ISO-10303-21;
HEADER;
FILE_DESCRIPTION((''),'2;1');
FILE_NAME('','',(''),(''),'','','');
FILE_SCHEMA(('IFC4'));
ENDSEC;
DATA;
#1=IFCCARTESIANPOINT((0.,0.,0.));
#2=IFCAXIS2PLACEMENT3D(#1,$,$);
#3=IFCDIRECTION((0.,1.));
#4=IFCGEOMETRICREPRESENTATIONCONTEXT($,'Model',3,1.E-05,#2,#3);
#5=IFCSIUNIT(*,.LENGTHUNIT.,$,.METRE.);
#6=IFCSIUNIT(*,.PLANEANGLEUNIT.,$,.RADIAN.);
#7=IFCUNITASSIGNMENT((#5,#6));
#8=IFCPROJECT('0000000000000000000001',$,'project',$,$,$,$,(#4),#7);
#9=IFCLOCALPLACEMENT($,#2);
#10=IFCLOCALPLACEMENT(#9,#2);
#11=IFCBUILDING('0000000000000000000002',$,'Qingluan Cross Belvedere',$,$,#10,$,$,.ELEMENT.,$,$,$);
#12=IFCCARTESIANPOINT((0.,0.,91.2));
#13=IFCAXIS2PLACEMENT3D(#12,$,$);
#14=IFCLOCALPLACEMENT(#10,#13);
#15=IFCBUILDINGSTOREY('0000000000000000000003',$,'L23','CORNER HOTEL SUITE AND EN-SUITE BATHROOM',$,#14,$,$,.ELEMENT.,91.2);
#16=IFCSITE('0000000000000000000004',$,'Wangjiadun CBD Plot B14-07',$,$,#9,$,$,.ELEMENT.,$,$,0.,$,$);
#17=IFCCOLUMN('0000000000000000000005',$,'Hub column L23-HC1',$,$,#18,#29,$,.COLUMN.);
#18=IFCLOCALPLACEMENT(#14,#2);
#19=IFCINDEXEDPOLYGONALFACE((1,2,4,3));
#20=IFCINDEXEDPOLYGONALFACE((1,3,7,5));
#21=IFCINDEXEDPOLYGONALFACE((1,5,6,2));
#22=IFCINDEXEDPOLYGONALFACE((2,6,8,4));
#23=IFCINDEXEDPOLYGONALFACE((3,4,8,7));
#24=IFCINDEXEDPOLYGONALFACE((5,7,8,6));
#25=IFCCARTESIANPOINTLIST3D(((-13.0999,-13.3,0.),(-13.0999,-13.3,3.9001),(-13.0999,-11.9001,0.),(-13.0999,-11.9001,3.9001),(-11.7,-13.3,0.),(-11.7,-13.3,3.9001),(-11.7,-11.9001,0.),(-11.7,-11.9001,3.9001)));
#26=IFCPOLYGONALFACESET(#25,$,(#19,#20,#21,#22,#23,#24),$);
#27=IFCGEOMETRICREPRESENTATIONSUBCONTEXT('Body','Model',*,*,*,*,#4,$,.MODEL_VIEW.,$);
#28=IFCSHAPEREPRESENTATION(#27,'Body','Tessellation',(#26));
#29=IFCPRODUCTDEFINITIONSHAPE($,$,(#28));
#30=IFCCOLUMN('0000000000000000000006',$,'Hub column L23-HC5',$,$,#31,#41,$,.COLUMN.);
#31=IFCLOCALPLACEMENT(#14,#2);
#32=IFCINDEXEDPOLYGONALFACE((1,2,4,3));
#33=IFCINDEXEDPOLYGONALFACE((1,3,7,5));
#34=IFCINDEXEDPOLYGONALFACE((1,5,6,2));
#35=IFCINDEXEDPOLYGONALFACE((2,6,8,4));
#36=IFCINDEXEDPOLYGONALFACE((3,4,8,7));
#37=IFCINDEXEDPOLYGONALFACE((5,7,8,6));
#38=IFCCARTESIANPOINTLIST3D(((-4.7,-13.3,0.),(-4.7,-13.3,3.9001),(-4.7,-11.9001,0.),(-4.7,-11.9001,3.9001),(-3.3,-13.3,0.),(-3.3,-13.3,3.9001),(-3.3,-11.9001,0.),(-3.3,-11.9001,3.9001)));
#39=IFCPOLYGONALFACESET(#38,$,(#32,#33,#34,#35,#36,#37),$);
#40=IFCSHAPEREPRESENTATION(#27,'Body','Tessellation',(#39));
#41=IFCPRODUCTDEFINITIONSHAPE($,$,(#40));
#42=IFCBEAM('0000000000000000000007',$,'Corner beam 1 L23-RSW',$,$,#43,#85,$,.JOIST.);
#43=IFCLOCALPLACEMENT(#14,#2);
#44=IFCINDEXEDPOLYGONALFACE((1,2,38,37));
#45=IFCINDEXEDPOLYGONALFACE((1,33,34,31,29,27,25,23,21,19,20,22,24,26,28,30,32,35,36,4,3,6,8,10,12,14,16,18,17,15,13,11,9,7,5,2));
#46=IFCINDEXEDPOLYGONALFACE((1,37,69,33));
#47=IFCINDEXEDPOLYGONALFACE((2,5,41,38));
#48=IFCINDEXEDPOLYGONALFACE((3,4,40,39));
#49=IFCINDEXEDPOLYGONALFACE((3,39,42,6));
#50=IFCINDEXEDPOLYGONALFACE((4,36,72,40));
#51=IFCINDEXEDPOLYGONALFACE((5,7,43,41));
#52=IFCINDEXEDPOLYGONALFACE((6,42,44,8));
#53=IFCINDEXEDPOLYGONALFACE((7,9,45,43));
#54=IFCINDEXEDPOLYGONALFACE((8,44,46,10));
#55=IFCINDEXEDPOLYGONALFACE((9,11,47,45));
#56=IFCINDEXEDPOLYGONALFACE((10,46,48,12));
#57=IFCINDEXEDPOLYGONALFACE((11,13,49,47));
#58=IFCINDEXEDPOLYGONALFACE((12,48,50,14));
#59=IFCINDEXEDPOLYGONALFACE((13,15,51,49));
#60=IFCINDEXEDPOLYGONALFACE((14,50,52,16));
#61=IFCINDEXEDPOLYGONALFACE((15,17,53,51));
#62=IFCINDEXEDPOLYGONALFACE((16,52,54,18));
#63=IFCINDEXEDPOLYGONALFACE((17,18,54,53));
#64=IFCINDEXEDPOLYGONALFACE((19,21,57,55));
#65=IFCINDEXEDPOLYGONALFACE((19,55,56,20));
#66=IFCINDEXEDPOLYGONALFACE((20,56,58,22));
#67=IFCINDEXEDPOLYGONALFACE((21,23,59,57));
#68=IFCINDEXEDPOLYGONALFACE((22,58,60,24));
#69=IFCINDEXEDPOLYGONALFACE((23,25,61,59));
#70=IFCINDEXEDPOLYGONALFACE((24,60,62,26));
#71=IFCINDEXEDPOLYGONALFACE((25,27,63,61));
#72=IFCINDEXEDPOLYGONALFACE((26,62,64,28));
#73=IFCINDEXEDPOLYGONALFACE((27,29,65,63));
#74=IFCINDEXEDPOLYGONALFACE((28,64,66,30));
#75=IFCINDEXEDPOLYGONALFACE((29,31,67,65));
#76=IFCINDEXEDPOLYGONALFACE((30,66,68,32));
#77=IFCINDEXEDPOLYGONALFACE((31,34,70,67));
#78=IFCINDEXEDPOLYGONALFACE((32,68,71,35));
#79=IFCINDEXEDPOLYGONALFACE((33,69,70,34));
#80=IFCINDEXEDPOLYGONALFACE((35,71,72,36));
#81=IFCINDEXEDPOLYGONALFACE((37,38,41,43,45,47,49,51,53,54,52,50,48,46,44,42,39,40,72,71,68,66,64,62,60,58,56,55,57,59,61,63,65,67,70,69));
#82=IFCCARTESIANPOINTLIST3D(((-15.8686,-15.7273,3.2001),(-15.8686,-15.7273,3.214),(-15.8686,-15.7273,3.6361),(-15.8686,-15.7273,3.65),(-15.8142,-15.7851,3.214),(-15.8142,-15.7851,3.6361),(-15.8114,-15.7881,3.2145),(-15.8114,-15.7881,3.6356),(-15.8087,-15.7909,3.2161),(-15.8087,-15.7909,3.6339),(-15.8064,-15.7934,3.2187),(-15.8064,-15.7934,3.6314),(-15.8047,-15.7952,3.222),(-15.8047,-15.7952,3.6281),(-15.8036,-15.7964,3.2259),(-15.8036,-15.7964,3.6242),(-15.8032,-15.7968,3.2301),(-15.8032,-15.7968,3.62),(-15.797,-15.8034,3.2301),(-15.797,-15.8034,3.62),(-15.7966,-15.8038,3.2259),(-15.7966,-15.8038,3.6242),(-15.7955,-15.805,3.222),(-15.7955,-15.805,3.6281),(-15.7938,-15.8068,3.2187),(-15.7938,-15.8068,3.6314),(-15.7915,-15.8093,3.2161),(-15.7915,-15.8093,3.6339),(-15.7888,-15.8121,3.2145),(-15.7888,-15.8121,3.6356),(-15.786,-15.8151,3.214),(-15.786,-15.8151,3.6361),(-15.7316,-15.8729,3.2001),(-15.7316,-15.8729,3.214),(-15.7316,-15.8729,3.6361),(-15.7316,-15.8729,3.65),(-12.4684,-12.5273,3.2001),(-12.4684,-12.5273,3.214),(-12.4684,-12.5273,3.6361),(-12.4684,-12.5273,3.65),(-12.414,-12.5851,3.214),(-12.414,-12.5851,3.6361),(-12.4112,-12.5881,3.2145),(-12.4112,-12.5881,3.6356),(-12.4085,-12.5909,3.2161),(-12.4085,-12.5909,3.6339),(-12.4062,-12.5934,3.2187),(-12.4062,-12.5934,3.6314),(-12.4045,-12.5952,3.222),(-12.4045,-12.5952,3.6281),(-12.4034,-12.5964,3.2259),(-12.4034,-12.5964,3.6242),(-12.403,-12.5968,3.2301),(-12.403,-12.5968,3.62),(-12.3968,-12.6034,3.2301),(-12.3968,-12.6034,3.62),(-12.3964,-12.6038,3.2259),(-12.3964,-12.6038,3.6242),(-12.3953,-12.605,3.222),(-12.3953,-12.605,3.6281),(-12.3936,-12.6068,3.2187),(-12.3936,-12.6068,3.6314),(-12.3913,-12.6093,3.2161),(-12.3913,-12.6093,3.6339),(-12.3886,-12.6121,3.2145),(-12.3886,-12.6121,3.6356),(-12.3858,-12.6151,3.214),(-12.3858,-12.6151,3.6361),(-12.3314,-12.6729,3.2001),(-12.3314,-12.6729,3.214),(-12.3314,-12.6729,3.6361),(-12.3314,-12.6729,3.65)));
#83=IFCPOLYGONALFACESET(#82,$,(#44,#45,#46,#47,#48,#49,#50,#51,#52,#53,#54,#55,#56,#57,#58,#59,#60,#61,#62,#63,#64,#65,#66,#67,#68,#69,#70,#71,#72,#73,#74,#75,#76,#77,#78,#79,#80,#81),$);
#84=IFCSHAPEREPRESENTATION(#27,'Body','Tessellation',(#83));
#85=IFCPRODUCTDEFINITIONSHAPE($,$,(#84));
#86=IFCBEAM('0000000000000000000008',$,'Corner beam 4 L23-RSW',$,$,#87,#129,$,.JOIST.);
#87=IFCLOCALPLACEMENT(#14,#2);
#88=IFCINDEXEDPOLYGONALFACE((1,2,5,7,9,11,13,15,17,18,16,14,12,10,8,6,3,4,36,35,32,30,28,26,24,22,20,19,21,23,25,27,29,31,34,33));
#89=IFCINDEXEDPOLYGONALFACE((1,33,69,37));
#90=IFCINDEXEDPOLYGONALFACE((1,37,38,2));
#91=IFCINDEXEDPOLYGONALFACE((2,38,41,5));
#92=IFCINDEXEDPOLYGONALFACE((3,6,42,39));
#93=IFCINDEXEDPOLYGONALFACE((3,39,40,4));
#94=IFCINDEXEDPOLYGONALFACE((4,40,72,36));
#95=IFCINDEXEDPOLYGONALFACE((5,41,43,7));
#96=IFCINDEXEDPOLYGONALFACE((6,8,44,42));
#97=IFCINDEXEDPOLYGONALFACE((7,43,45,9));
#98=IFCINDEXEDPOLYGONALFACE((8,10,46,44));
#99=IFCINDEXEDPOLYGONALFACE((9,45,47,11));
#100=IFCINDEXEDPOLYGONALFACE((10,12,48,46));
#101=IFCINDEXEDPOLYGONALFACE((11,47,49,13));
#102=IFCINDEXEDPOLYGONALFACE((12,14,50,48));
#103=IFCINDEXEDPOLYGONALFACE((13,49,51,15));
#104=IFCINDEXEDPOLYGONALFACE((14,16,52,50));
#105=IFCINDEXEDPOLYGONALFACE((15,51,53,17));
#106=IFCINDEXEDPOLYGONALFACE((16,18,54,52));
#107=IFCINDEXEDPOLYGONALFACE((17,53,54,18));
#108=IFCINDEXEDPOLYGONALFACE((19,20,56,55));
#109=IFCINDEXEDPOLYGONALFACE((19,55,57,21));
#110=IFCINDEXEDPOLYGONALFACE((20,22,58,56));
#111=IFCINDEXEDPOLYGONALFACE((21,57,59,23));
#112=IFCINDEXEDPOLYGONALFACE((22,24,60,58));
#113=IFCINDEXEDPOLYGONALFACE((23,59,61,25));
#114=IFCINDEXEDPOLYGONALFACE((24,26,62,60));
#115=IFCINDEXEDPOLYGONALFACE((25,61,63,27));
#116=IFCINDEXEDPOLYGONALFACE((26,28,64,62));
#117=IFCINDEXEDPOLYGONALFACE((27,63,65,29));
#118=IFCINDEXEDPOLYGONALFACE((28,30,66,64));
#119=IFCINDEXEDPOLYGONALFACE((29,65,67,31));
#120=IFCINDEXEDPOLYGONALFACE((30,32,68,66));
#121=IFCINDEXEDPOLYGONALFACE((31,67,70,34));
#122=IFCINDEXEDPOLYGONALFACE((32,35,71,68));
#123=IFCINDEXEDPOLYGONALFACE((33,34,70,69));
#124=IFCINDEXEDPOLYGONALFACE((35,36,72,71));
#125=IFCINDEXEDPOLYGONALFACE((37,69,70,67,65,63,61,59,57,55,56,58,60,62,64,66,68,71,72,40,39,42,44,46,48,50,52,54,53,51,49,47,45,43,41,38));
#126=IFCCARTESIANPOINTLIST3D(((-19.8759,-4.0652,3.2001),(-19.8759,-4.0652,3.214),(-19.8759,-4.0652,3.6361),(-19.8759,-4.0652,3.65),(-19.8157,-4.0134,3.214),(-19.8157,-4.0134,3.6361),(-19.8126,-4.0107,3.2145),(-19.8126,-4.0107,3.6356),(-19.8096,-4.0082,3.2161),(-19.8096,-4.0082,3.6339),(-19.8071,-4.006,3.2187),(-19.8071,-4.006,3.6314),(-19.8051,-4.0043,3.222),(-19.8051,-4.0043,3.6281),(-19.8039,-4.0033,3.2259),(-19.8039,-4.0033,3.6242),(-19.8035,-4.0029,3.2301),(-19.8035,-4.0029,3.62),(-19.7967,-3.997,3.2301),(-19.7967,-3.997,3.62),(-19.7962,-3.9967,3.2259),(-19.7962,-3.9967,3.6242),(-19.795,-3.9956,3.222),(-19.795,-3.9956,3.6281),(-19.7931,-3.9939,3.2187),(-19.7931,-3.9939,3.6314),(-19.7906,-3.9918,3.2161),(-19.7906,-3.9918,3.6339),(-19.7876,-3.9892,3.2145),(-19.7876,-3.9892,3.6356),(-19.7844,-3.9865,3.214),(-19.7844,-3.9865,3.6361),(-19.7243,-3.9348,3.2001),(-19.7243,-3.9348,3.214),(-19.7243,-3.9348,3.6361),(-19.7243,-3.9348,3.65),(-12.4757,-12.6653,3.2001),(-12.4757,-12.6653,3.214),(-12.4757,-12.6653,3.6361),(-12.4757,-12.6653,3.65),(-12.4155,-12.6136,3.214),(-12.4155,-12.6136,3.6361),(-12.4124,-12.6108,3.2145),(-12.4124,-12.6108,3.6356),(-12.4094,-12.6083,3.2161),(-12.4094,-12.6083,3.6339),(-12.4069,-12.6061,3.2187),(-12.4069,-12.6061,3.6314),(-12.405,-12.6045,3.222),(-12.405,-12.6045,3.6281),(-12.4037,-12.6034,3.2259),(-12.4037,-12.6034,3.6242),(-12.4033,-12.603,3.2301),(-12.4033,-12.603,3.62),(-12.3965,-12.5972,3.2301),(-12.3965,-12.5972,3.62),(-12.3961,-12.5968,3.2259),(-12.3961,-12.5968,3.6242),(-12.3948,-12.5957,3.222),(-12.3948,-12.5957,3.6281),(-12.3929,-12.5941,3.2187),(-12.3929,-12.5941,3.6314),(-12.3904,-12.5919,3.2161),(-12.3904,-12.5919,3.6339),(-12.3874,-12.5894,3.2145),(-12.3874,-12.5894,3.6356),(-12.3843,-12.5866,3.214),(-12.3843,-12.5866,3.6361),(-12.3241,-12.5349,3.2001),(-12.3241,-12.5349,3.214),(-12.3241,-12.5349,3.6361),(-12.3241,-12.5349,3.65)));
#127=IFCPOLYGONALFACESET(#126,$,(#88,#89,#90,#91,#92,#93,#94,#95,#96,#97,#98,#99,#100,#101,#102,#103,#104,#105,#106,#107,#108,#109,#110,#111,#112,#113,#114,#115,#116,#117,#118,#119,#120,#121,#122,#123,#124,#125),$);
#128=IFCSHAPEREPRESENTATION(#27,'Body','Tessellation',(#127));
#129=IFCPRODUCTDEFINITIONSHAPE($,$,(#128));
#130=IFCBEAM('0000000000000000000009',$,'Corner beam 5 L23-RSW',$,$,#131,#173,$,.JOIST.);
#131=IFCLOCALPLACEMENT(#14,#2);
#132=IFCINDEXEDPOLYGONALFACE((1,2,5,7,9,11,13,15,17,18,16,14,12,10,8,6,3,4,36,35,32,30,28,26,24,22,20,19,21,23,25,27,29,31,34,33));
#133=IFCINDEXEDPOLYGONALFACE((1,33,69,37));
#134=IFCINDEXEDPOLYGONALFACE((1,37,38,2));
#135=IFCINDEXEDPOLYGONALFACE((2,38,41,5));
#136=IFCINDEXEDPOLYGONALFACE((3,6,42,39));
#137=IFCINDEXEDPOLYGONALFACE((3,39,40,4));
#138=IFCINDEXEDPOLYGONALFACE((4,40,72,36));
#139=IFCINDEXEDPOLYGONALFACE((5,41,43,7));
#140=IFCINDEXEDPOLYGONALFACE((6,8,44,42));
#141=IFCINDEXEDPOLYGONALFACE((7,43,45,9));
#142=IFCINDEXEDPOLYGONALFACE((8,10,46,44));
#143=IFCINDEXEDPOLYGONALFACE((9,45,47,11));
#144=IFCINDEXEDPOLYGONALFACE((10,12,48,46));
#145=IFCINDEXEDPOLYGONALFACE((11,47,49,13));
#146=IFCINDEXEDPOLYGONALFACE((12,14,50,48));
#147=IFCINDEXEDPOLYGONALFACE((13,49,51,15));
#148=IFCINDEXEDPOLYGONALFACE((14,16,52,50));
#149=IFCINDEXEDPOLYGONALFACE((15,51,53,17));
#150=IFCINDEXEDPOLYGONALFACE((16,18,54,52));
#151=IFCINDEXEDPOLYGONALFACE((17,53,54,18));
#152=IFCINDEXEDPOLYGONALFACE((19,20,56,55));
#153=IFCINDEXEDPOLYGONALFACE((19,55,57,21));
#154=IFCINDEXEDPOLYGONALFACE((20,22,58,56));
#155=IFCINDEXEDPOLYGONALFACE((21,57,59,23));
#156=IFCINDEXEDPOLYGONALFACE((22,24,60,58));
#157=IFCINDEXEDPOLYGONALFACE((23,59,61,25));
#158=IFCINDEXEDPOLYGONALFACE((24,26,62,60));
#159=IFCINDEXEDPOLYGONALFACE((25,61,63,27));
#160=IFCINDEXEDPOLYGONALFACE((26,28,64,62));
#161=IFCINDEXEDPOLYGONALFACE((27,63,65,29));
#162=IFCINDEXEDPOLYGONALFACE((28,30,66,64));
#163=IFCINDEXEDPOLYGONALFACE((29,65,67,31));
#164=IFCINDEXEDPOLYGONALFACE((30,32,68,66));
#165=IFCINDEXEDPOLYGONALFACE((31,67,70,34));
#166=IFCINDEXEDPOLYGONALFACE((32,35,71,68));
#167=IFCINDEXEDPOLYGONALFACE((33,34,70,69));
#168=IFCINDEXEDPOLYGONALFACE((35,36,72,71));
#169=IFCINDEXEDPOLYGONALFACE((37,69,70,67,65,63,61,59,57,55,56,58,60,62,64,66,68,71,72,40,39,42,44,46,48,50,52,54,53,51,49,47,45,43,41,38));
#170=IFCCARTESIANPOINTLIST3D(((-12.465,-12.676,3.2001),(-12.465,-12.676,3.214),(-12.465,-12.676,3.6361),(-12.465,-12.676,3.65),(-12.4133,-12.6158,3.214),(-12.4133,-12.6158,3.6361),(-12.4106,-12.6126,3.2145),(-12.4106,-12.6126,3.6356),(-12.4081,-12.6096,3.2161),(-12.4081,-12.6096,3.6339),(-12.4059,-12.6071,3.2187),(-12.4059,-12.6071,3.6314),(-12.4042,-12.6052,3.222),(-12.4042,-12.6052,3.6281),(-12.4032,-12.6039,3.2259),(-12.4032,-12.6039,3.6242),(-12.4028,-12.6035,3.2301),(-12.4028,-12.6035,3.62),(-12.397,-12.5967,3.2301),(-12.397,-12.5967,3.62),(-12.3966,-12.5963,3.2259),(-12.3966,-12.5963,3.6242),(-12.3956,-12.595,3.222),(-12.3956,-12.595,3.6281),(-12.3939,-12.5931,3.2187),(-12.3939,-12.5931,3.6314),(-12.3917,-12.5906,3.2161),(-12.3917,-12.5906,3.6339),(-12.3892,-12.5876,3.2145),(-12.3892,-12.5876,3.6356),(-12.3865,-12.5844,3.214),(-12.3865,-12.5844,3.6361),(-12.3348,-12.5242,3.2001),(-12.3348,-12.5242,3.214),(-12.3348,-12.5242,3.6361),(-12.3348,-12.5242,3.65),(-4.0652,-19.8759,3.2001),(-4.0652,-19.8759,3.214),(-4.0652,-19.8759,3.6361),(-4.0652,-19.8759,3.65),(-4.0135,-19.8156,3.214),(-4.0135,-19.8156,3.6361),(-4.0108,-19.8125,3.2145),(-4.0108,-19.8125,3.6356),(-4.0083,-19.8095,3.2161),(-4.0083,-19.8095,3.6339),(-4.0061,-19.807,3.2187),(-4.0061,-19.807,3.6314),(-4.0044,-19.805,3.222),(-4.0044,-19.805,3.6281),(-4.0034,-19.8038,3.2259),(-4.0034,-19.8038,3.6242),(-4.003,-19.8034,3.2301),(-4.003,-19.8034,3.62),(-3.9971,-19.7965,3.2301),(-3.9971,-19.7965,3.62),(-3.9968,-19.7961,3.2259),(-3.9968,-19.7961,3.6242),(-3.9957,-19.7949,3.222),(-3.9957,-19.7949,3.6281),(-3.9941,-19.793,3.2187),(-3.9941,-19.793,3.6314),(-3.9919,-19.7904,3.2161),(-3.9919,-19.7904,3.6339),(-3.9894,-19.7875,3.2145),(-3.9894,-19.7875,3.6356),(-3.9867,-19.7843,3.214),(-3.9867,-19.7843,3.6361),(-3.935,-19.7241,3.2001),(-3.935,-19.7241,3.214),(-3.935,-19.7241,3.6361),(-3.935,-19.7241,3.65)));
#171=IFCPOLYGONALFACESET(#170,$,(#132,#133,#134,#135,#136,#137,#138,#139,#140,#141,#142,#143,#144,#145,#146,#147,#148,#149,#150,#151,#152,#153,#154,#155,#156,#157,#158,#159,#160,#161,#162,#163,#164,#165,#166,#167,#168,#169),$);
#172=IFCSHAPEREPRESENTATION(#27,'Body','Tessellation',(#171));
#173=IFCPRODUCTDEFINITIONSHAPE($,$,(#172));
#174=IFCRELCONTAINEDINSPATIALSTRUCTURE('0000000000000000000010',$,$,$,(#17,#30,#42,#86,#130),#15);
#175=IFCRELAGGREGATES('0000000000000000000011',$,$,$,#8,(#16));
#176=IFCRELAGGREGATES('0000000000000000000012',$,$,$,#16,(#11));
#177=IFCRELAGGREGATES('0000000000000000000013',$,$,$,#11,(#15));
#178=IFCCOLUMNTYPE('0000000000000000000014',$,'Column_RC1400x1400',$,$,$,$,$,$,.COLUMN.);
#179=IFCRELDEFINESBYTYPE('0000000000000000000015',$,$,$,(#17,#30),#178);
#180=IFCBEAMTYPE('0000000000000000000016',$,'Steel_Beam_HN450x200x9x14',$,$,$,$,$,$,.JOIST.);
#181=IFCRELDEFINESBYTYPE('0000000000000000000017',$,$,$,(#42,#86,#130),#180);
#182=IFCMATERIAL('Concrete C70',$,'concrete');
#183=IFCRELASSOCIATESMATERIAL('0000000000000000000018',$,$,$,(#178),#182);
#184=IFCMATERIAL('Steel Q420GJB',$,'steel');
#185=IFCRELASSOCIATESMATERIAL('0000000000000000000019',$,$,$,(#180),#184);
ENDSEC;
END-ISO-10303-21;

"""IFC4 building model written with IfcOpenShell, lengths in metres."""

from ifc_helpers import new_model, si_unit, direction, frame, origin, origin_2d, place, context, subcontext, project, spatial, rectangle, i_section, extrude, material, material_profile, profile_set, type_object, element, save


model = new_model("IFC4")

# Units and contexts
model_context = context("Model", 3, precision=1e-05, world=origin(), true_north=direction((0.0, 1.0)))
body_context = subcontext(model_context, "Body", "Model", "MODEL_VIEW")
ifc_project = project(units=[si_unit("LENGTHUNIT", "METRE"), si_unit("PLANEANGLEUNIT", "RADIAN")], contexts=[model_context])

# Site, building, storey
site_placement = place(None, origin())
site = spatial("IfcSite", under=ifc_project, at=site_placement, Name="Wangjiadun CBD Plot B14-07", CompositionType="ELEMENT", RefElevation=0.0)
building_placement = place(site_placement, origin())
building = spatial("IfcBuilding", under=site, at=building_placement, Name="Qingluan Cross Belvedere", CompositionType="ELEMENT")
storey_placement = place(building_placement, frame((0.0, 0.0, 91.2)))
storey = spatial("IfcBuildingStorey", under=building, at=storey_placement, Name="L23", Description="CORNER HOTEL SUITE AND EN-SUITE BATHROOM", CompositionType="ELEMENT", Elevation=91.2)

# Columns
ifc_material_1 = material(Name="Concrete C70", Category="concrete")
ifc_material_profile_1 = material_profile(ifc_material_1, rectangle(XDim=1.3999, YDim=1.3999, at=origin_2d()), Name="RC1400x1400")
ifc_profile_set_1 = profile_set([ifc_material_profile_1], Name="Concrete C70")
column_type = type_object("IfcColumnType", Name="Column_RC1400x1400", PredefinedType="COLUMN", material=ifc_profile_set_1)
for number, where, z_axis, x_axis, name in (
    (1, (-12.3999, -12.6001, 0.0), (0.0, 0.0, 1.0), (1.0, 0.0, 0.0), "Hub column L23-HC1"),
    (2, (-4.0, -12.6001, 0.0), (0.0, 0.0, 1.0), (1.0, 0.0, 0.0), "Hub column L23-HC5"),
):
    element("IfcColumn", number, at=place(storey_placement, frame(where, z_axis=z_axis, x_axis=x_axis)), inside=storey, type_object=column_type, Name=name, PredefinedType="COLUMN", context=body_context, shape_type="SweptSolid", body=[
        extrude(rectangle(XDim=1.3999, YDim=1.3999, at=origin_2d()), origin(), (0.0, 0.0, 1.0), 3.9001),
    ])

# Beams
ifc_material_2 = material(Name="Steel Q420GJB", Category="steel")
ifc_material_profile_2 = material_profile(ifc_material_2, i_section(OverallWidth=0.2, OverallDepth=0.45, WebThickness=0.009, FlangeThickness=0.0139, FilletRadius=0.0161, at=origin_2d()), Name="HN450x200x9x14")
ifc_profile_set_2 = profile_set([ifc_material_profile_2], Name="Steel Q420GJB")
beam_type_1 = type_object("IfcBeamType", Name="Steel_Beam_HN450x200x9x14", PredefinedType="JOIST", material=ifc_profile_set_2)
beam_1_placement = place(storey_placement, frame((-12.3999, -12.6001, 3.425), z_axis=(-0.72822, -0.685343, 0.0), x_axis=(0.685343, -0.72822, 0.0)))
element("IfcBeam", 3, at=beam_1_placement, inside=storey, type_object=beam_type_1, Name="Corner beam 1 L23-RSW", PredefinedType="JOIST", context=body_context, shape_type="SweptSolid", body=[
    extrude(i_section(OverallWidth=0.2, OverallDepth=0.45, WebThickness=0.009, FlangeThickness=0.0139, FilletRadius=0.0161, at=origin_2d()), origin(), (0.0, 0.0, 1.0), 4.6692),
])
beam_2_placement = place(storey_placement, frame((-12.3999, -12.6001, 3.425), z_axis=(-0.652245, 0.758008, 0.0), x_axis=(-0.758008, -0.652245, 0.0)))
element("IfcBeam", 4, at=beam_2_placement, inside=storey, type_object=beam_type_1, Name="Corner beam 4 L23-RSW", PredefinedType="JOIST", context=body_context, shape_type="SweptSolid", body=[
    extrude(i_section(OverallWidth=0.2, OverallDepth=0.45, WebThickness=0.009, FlangeThickness=0.0139, FilletRadius=0.0161, at=origin_2d()), origin(), (0.0, 0.0, 1.0), 11.3457),
])
beam_3_placement = place(storey_placement, frame((-12.3999, -12.6001, 3.425), z_axis=(0.759255, -0.650793, 0.0), x_axis=(0.650793, 0.759255, 0.0)))
element("IfcBeam", 5, at=beam_3_placement, inside=storey, type_object=beam_type_1, Name="Corner beam 5 L23-RSW", PredefinedType="JOIST", context=body_context, shape_type="SweptSolid", body=[
    extrude(i_section(OverallWidth=0.2, OverallDepth=0.45, WebThickness=0.009, FlangeThickness=0.0139, FilletRadius=0.0161, at=origin_2d()), origin(), (0.0, 0.0, 1.0), 11.0632),
])

save(model, "model.ifc")
